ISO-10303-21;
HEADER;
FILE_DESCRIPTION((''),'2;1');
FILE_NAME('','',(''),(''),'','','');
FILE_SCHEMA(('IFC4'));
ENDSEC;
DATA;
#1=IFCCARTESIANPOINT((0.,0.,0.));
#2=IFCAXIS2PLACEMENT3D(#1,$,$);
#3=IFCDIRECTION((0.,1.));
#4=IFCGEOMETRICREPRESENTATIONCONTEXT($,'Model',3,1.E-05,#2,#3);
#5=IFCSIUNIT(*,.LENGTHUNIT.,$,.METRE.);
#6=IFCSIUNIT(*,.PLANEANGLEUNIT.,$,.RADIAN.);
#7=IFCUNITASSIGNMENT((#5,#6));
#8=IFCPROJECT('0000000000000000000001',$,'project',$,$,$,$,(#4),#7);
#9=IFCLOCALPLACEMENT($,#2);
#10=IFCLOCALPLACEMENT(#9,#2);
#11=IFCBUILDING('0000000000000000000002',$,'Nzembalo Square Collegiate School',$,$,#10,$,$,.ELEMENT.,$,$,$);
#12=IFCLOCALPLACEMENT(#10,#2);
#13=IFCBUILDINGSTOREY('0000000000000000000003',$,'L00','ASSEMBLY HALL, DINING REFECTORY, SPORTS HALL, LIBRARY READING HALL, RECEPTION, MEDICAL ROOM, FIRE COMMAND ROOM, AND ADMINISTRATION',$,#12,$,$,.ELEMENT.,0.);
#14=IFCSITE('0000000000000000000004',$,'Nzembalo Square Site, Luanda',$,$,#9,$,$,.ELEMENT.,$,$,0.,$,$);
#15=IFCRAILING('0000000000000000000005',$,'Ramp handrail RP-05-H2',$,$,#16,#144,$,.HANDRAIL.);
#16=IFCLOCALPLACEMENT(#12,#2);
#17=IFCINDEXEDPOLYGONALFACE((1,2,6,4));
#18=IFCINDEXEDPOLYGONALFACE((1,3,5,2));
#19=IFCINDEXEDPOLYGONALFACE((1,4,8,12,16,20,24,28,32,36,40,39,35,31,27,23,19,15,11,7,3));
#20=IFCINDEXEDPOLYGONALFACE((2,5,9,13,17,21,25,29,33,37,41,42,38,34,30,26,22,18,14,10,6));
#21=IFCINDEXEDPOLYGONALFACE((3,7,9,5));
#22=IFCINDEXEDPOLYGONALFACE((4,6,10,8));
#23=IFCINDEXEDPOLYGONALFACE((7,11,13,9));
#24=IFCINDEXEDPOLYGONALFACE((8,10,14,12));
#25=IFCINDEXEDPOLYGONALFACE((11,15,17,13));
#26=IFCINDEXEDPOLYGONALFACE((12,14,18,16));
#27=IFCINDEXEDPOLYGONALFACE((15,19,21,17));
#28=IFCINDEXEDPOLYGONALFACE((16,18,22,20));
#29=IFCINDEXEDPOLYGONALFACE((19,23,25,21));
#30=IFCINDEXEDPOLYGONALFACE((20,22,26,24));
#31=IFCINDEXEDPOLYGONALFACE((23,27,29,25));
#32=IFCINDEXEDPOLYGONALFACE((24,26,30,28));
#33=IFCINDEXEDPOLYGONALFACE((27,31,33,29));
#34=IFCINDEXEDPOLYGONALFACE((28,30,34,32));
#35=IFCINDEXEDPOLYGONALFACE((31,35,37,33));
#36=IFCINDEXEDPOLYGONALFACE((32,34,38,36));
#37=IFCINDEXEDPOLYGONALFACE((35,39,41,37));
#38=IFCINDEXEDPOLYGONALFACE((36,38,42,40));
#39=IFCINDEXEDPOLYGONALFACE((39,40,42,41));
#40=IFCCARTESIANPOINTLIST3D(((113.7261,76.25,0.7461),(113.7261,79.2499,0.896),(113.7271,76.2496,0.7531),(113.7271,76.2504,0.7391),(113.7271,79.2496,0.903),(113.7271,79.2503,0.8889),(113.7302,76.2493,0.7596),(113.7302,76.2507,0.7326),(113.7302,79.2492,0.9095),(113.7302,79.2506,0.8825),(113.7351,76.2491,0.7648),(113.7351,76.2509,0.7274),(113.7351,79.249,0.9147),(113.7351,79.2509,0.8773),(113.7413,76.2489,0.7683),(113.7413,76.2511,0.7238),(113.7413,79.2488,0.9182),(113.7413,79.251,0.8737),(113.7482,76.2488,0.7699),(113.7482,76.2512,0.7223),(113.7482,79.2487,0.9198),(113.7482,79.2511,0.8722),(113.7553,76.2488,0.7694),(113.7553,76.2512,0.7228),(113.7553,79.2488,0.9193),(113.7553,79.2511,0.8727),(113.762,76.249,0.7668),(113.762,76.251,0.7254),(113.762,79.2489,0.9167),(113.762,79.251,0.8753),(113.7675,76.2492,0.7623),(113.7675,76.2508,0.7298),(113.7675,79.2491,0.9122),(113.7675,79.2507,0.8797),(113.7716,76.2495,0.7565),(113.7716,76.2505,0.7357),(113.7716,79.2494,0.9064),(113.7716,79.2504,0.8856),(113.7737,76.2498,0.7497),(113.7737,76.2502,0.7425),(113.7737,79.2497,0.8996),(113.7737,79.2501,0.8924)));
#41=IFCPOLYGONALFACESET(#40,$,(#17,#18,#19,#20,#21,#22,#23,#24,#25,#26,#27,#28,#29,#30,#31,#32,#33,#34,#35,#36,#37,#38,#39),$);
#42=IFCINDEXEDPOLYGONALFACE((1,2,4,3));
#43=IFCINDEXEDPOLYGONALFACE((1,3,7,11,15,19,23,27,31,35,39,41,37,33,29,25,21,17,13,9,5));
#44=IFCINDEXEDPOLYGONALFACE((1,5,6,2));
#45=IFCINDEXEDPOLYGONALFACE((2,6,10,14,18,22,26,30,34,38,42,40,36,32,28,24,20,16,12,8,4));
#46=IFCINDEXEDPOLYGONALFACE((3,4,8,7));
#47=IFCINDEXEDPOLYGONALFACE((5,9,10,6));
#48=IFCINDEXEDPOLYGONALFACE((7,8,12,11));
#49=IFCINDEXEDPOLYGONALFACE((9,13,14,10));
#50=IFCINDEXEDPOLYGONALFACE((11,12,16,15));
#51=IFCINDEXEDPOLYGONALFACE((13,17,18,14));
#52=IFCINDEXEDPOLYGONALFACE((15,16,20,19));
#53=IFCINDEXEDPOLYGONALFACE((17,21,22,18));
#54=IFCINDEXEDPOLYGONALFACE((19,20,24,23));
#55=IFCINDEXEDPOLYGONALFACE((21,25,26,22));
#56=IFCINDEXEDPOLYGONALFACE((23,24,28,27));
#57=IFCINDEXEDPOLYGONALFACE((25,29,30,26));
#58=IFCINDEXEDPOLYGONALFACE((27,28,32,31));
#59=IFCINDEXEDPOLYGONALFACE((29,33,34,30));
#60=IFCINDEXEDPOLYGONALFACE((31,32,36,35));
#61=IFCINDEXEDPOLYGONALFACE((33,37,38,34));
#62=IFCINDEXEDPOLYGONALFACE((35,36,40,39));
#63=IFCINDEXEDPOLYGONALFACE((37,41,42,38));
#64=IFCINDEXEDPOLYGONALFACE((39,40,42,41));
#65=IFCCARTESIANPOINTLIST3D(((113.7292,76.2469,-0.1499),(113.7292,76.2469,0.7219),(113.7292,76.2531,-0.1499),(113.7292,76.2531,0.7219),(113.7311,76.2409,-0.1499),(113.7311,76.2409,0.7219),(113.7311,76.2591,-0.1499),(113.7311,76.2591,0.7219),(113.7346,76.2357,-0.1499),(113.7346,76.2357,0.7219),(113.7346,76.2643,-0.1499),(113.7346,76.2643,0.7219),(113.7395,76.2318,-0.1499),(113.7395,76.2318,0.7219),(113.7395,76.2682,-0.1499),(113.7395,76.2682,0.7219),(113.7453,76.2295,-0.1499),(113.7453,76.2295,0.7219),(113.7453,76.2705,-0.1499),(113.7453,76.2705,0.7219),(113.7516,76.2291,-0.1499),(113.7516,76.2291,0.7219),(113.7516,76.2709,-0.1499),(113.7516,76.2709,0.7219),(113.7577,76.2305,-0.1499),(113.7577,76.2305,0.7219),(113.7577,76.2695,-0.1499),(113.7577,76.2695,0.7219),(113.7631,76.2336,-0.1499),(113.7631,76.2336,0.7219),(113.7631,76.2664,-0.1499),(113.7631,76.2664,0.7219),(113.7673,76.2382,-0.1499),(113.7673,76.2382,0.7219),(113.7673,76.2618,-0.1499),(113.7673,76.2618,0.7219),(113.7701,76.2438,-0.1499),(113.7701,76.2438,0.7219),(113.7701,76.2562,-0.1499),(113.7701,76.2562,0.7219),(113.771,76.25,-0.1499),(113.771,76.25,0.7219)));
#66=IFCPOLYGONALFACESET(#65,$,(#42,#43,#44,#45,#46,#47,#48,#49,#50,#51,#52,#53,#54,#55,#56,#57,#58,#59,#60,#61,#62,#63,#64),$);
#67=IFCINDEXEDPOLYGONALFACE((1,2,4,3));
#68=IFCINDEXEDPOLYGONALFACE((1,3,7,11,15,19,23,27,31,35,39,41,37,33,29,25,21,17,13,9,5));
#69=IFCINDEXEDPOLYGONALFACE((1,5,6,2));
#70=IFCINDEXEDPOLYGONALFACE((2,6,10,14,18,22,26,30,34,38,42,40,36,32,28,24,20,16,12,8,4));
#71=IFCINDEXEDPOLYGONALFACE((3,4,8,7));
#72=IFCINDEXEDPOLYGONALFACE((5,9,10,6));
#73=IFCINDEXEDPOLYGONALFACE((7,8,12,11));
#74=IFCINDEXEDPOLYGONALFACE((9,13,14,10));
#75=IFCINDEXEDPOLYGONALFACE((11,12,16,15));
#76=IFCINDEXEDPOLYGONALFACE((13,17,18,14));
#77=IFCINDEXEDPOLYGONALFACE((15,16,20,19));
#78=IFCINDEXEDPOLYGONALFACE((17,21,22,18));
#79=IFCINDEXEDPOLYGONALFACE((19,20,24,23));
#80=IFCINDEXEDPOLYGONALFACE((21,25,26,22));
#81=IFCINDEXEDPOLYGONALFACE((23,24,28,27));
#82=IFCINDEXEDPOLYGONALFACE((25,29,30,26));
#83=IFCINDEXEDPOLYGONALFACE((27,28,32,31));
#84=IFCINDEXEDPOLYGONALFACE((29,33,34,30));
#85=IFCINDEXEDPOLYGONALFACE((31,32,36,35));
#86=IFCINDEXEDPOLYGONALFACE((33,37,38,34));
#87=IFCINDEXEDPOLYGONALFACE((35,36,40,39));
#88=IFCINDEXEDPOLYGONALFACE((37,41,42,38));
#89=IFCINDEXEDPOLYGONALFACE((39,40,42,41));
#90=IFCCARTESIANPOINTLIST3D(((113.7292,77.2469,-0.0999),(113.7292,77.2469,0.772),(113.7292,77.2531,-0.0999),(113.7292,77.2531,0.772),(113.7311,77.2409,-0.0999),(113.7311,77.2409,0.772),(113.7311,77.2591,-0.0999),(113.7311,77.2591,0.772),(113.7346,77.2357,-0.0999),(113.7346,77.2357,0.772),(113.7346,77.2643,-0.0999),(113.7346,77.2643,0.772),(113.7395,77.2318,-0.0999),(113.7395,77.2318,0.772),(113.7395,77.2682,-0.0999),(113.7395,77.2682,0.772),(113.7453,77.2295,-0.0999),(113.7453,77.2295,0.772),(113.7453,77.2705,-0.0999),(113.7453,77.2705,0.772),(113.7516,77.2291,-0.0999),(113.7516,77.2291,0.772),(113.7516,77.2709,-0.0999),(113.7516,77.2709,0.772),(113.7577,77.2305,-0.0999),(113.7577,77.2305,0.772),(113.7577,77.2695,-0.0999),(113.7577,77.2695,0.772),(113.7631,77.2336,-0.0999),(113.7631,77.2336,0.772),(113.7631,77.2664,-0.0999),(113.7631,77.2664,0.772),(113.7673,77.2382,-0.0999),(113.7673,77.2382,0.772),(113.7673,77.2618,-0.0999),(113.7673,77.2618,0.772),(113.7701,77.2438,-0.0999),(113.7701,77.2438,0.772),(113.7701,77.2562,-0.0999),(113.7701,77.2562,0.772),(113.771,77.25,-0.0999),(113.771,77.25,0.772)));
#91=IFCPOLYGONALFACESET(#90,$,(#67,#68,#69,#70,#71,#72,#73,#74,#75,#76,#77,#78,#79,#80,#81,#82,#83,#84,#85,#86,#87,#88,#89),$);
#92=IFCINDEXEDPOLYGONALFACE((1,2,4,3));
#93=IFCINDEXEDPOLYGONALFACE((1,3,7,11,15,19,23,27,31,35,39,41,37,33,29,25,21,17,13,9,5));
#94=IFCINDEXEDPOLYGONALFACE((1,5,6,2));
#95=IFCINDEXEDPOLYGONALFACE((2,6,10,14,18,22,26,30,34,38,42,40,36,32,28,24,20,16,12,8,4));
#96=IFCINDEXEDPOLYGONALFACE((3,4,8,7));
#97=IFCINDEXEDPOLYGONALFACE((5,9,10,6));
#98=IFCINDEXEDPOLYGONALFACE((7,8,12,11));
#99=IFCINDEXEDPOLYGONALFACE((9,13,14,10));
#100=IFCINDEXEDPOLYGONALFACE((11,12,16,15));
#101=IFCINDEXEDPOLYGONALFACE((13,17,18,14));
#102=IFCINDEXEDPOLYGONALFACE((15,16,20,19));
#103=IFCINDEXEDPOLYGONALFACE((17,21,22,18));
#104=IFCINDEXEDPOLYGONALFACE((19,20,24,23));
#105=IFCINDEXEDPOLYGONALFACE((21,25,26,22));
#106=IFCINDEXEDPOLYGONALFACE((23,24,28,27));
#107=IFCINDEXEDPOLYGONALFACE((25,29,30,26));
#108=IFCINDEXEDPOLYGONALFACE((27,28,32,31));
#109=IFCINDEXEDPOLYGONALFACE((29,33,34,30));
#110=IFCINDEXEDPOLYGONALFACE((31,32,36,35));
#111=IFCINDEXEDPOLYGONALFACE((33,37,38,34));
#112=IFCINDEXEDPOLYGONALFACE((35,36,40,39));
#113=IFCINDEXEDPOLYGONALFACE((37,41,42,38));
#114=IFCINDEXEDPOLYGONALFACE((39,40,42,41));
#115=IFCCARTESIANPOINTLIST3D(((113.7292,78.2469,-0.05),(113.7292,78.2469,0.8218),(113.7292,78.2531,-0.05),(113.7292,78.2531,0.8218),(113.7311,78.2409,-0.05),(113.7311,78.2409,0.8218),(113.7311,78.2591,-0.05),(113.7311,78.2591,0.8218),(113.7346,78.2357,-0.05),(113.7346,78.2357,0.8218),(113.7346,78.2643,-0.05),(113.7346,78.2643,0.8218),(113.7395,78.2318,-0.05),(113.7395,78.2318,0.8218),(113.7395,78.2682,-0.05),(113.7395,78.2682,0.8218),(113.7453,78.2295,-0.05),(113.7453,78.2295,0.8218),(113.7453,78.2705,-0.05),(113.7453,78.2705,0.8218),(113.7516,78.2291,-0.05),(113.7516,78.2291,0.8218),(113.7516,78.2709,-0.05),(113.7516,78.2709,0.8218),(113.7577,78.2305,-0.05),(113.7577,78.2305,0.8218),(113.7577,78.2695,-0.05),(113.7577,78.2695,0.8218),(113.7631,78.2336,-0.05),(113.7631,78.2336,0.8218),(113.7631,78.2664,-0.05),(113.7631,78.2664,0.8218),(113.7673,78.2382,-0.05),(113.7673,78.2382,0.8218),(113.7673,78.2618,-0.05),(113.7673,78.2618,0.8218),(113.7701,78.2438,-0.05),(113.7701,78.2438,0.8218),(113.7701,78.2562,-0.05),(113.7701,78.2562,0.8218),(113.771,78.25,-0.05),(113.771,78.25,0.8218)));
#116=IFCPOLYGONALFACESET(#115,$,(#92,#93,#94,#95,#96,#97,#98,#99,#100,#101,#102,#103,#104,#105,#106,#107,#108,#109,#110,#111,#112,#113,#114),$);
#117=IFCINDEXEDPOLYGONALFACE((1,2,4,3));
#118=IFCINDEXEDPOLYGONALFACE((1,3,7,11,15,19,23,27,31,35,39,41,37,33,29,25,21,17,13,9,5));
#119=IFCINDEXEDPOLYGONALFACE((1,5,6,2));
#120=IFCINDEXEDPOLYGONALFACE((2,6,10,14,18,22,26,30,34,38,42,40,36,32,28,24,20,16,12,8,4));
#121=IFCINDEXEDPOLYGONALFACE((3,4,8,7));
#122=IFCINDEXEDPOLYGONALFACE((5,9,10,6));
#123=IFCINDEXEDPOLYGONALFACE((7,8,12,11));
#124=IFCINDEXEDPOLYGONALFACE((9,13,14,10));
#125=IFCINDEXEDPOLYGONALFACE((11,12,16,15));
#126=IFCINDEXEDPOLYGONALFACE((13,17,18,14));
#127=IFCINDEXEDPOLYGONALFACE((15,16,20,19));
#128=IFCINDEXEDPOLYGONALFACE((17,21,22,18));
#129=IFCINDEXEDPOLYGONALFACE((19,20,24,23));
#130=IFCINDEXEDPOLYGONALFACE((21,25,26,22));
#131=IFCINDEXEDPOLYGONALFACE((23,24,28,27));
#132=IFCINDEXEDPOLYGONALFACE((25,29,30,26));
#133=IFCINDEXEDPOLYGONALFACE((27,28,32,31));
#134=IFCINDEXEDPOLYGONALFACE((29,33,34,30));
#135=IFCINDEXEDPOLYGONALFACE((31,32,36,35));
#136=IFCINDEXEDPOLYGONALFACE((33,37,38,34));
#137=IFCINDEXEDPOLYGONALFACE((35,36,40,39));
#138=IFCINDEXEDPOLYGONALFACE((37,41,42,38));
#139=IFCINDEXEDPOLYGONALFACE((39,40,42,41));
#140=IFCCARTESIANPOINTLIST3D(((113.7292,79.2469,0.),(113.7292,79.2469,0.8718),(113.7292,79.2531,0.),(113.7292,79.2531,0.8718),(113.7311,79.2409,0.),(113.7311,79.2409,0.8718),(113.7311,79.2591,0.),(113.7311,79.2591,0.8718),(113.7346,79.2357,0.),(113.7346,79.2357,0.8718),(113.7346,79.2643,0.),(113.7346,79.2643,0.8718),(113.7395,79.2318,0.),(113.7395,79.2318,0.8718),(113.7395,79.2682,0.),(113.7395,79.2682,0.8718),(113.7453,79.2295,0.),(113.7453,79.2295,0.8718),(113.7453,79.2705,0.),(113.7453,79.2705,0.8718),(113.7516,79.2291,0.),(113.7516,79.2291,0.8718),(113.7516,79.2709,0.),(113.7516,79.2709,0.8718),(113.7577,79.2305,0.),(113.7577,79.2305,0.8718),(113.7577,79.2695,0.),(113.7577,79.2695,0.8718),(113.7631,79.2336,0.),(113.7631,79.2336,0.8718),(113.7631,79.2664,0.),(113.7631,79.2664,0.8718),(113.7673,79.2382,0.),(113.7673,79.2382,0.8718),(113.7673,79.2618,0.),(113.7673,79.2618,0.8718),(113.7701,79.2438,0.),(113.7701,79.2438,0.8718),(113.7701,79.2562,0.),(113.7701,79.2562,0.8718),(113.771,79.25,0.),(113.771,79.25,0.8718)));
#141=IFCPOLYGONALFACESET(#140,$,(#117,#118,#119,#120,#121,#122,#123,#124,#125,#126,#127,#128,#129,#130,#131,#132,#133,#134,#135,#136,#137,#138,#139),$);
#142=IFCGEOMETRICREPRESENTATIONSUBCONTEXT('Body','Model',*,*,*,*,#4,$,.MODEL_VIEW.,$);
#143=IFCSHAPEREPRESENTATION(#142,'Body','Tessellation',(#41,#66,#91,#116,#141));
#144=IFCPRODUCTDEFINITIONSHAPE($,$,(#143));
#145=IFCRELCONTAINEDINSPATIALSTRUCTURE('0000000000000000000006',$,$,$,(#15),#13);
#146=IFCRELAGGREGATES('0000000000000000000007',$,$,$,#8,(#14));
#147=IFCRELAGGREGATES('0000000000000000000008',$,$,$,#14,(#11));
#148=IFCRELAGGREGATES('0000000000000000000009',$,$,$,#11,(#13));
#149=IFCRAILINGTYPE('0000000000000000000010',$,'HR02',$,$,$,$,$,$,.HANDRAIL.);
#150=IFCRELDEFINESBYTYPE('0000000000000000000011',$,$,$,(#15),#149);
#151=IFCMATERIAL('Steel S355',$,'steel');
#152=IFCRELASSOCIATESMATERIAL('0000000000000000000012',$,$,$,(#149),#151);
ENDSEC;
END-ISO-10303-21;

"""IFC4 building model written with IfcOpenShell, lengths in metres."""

from ifc_helpers import new_model, si_unit, direction, frame, origin, origin_2d, place, context, subcontext, project, spatial, circle, extrude, material, type_object, element, save


model = new_model("IFC4")

# Units and contexts
model_context = context("Model", 3, precision=1e-05, world=origin(), true_north=direction((0.0, 1.0)))
body_context = subcontext(model_context, "Body", "Model", "MODEL_VIEW")
ifc_project = project(units=[si_unit("LENGTHUNIT", "METRE"), si_unit("PLANEANGLEUNIT", "RADIAN")], contexts=[model_context])

# Site, building, storey
site_placement = place(None, origin())
site = spatial("IfcSite", under=ifc_project, at=site_placement, Name="Nzembalo Square Site, Luanda", CompositionType="ELEMENT", RefElevation=0.0)
building_placement = place(site_placement, origin())
building = spatial("IfcBuilding", under=site, at=building_placement, Name="Nzembalo Square Collegiate School", CompositionType="ELEMENT")
storey_placement = place(building_placement, origin())
storey = spatial("IfcBuildingStorey", under=building, at=storey_placement, Name="L00", Description="ASSEMBLY HALL, DINING REFECTORY, SPORTS HALL, LIBRARY READING HALL, RECEPTION, MEDICAL ROOM, FIRE COMMAND ROOM, AND ADMINISTRATION", CompositionType="ELEMENT", Elevation=0.0)

# Railing
ifc_material_1 = material(Name="Steel S355", Category="steel")
railing_type = type_object("IfcRailingType", Name="HR02", PredefinedType="HANDRAIL", material=ifc_material_1)
for number, where, name in (
    (1, (113.75, 76.25, -0.1499), "Ramp handrail RP-05-H2"),
):
    element("IfcRailing", number, at=place(storey_placement, frame(where)), inside=storey, type_object=railing_type, Name=name, PredefinedType="HANDRAIL", context=body_context, shape_type="SweptSolid", body=[
        extrude(circle(Radius=0.0239, at=origin_2d()), frame((0.0, 0.0, 0.896), z_axis=(0.0, 0.998754, 0.049905), x_axis=(-1.0, 0.0, 0.0)), (0.0, 0.0, 1.0), 3.0037),
        extrude(circle(Radius=0.021, at=origin_2d()), origin(), (0.0, 0.0, 1.0), 0.8718),
        extrude(circle(Radius=0.021, at=origin_2d()), frame((0.0, 1.0, 0.05)), (0.0, 0.0, 1.0), 0.8718),
        extrude(circle(Radius=0.021, at=origin_2d()), frame((0.0, 2.0, 0.0999)), (0.0, 0.0, 1.0), 0.8718),
        extrude(circle(Radius=0.021, at=origin_2d()), frame((0.0, 3.0, 0.1499)), (0.0, 0.0, 1.0), 0.8718),
    ])

save(model, "model.ifc")
